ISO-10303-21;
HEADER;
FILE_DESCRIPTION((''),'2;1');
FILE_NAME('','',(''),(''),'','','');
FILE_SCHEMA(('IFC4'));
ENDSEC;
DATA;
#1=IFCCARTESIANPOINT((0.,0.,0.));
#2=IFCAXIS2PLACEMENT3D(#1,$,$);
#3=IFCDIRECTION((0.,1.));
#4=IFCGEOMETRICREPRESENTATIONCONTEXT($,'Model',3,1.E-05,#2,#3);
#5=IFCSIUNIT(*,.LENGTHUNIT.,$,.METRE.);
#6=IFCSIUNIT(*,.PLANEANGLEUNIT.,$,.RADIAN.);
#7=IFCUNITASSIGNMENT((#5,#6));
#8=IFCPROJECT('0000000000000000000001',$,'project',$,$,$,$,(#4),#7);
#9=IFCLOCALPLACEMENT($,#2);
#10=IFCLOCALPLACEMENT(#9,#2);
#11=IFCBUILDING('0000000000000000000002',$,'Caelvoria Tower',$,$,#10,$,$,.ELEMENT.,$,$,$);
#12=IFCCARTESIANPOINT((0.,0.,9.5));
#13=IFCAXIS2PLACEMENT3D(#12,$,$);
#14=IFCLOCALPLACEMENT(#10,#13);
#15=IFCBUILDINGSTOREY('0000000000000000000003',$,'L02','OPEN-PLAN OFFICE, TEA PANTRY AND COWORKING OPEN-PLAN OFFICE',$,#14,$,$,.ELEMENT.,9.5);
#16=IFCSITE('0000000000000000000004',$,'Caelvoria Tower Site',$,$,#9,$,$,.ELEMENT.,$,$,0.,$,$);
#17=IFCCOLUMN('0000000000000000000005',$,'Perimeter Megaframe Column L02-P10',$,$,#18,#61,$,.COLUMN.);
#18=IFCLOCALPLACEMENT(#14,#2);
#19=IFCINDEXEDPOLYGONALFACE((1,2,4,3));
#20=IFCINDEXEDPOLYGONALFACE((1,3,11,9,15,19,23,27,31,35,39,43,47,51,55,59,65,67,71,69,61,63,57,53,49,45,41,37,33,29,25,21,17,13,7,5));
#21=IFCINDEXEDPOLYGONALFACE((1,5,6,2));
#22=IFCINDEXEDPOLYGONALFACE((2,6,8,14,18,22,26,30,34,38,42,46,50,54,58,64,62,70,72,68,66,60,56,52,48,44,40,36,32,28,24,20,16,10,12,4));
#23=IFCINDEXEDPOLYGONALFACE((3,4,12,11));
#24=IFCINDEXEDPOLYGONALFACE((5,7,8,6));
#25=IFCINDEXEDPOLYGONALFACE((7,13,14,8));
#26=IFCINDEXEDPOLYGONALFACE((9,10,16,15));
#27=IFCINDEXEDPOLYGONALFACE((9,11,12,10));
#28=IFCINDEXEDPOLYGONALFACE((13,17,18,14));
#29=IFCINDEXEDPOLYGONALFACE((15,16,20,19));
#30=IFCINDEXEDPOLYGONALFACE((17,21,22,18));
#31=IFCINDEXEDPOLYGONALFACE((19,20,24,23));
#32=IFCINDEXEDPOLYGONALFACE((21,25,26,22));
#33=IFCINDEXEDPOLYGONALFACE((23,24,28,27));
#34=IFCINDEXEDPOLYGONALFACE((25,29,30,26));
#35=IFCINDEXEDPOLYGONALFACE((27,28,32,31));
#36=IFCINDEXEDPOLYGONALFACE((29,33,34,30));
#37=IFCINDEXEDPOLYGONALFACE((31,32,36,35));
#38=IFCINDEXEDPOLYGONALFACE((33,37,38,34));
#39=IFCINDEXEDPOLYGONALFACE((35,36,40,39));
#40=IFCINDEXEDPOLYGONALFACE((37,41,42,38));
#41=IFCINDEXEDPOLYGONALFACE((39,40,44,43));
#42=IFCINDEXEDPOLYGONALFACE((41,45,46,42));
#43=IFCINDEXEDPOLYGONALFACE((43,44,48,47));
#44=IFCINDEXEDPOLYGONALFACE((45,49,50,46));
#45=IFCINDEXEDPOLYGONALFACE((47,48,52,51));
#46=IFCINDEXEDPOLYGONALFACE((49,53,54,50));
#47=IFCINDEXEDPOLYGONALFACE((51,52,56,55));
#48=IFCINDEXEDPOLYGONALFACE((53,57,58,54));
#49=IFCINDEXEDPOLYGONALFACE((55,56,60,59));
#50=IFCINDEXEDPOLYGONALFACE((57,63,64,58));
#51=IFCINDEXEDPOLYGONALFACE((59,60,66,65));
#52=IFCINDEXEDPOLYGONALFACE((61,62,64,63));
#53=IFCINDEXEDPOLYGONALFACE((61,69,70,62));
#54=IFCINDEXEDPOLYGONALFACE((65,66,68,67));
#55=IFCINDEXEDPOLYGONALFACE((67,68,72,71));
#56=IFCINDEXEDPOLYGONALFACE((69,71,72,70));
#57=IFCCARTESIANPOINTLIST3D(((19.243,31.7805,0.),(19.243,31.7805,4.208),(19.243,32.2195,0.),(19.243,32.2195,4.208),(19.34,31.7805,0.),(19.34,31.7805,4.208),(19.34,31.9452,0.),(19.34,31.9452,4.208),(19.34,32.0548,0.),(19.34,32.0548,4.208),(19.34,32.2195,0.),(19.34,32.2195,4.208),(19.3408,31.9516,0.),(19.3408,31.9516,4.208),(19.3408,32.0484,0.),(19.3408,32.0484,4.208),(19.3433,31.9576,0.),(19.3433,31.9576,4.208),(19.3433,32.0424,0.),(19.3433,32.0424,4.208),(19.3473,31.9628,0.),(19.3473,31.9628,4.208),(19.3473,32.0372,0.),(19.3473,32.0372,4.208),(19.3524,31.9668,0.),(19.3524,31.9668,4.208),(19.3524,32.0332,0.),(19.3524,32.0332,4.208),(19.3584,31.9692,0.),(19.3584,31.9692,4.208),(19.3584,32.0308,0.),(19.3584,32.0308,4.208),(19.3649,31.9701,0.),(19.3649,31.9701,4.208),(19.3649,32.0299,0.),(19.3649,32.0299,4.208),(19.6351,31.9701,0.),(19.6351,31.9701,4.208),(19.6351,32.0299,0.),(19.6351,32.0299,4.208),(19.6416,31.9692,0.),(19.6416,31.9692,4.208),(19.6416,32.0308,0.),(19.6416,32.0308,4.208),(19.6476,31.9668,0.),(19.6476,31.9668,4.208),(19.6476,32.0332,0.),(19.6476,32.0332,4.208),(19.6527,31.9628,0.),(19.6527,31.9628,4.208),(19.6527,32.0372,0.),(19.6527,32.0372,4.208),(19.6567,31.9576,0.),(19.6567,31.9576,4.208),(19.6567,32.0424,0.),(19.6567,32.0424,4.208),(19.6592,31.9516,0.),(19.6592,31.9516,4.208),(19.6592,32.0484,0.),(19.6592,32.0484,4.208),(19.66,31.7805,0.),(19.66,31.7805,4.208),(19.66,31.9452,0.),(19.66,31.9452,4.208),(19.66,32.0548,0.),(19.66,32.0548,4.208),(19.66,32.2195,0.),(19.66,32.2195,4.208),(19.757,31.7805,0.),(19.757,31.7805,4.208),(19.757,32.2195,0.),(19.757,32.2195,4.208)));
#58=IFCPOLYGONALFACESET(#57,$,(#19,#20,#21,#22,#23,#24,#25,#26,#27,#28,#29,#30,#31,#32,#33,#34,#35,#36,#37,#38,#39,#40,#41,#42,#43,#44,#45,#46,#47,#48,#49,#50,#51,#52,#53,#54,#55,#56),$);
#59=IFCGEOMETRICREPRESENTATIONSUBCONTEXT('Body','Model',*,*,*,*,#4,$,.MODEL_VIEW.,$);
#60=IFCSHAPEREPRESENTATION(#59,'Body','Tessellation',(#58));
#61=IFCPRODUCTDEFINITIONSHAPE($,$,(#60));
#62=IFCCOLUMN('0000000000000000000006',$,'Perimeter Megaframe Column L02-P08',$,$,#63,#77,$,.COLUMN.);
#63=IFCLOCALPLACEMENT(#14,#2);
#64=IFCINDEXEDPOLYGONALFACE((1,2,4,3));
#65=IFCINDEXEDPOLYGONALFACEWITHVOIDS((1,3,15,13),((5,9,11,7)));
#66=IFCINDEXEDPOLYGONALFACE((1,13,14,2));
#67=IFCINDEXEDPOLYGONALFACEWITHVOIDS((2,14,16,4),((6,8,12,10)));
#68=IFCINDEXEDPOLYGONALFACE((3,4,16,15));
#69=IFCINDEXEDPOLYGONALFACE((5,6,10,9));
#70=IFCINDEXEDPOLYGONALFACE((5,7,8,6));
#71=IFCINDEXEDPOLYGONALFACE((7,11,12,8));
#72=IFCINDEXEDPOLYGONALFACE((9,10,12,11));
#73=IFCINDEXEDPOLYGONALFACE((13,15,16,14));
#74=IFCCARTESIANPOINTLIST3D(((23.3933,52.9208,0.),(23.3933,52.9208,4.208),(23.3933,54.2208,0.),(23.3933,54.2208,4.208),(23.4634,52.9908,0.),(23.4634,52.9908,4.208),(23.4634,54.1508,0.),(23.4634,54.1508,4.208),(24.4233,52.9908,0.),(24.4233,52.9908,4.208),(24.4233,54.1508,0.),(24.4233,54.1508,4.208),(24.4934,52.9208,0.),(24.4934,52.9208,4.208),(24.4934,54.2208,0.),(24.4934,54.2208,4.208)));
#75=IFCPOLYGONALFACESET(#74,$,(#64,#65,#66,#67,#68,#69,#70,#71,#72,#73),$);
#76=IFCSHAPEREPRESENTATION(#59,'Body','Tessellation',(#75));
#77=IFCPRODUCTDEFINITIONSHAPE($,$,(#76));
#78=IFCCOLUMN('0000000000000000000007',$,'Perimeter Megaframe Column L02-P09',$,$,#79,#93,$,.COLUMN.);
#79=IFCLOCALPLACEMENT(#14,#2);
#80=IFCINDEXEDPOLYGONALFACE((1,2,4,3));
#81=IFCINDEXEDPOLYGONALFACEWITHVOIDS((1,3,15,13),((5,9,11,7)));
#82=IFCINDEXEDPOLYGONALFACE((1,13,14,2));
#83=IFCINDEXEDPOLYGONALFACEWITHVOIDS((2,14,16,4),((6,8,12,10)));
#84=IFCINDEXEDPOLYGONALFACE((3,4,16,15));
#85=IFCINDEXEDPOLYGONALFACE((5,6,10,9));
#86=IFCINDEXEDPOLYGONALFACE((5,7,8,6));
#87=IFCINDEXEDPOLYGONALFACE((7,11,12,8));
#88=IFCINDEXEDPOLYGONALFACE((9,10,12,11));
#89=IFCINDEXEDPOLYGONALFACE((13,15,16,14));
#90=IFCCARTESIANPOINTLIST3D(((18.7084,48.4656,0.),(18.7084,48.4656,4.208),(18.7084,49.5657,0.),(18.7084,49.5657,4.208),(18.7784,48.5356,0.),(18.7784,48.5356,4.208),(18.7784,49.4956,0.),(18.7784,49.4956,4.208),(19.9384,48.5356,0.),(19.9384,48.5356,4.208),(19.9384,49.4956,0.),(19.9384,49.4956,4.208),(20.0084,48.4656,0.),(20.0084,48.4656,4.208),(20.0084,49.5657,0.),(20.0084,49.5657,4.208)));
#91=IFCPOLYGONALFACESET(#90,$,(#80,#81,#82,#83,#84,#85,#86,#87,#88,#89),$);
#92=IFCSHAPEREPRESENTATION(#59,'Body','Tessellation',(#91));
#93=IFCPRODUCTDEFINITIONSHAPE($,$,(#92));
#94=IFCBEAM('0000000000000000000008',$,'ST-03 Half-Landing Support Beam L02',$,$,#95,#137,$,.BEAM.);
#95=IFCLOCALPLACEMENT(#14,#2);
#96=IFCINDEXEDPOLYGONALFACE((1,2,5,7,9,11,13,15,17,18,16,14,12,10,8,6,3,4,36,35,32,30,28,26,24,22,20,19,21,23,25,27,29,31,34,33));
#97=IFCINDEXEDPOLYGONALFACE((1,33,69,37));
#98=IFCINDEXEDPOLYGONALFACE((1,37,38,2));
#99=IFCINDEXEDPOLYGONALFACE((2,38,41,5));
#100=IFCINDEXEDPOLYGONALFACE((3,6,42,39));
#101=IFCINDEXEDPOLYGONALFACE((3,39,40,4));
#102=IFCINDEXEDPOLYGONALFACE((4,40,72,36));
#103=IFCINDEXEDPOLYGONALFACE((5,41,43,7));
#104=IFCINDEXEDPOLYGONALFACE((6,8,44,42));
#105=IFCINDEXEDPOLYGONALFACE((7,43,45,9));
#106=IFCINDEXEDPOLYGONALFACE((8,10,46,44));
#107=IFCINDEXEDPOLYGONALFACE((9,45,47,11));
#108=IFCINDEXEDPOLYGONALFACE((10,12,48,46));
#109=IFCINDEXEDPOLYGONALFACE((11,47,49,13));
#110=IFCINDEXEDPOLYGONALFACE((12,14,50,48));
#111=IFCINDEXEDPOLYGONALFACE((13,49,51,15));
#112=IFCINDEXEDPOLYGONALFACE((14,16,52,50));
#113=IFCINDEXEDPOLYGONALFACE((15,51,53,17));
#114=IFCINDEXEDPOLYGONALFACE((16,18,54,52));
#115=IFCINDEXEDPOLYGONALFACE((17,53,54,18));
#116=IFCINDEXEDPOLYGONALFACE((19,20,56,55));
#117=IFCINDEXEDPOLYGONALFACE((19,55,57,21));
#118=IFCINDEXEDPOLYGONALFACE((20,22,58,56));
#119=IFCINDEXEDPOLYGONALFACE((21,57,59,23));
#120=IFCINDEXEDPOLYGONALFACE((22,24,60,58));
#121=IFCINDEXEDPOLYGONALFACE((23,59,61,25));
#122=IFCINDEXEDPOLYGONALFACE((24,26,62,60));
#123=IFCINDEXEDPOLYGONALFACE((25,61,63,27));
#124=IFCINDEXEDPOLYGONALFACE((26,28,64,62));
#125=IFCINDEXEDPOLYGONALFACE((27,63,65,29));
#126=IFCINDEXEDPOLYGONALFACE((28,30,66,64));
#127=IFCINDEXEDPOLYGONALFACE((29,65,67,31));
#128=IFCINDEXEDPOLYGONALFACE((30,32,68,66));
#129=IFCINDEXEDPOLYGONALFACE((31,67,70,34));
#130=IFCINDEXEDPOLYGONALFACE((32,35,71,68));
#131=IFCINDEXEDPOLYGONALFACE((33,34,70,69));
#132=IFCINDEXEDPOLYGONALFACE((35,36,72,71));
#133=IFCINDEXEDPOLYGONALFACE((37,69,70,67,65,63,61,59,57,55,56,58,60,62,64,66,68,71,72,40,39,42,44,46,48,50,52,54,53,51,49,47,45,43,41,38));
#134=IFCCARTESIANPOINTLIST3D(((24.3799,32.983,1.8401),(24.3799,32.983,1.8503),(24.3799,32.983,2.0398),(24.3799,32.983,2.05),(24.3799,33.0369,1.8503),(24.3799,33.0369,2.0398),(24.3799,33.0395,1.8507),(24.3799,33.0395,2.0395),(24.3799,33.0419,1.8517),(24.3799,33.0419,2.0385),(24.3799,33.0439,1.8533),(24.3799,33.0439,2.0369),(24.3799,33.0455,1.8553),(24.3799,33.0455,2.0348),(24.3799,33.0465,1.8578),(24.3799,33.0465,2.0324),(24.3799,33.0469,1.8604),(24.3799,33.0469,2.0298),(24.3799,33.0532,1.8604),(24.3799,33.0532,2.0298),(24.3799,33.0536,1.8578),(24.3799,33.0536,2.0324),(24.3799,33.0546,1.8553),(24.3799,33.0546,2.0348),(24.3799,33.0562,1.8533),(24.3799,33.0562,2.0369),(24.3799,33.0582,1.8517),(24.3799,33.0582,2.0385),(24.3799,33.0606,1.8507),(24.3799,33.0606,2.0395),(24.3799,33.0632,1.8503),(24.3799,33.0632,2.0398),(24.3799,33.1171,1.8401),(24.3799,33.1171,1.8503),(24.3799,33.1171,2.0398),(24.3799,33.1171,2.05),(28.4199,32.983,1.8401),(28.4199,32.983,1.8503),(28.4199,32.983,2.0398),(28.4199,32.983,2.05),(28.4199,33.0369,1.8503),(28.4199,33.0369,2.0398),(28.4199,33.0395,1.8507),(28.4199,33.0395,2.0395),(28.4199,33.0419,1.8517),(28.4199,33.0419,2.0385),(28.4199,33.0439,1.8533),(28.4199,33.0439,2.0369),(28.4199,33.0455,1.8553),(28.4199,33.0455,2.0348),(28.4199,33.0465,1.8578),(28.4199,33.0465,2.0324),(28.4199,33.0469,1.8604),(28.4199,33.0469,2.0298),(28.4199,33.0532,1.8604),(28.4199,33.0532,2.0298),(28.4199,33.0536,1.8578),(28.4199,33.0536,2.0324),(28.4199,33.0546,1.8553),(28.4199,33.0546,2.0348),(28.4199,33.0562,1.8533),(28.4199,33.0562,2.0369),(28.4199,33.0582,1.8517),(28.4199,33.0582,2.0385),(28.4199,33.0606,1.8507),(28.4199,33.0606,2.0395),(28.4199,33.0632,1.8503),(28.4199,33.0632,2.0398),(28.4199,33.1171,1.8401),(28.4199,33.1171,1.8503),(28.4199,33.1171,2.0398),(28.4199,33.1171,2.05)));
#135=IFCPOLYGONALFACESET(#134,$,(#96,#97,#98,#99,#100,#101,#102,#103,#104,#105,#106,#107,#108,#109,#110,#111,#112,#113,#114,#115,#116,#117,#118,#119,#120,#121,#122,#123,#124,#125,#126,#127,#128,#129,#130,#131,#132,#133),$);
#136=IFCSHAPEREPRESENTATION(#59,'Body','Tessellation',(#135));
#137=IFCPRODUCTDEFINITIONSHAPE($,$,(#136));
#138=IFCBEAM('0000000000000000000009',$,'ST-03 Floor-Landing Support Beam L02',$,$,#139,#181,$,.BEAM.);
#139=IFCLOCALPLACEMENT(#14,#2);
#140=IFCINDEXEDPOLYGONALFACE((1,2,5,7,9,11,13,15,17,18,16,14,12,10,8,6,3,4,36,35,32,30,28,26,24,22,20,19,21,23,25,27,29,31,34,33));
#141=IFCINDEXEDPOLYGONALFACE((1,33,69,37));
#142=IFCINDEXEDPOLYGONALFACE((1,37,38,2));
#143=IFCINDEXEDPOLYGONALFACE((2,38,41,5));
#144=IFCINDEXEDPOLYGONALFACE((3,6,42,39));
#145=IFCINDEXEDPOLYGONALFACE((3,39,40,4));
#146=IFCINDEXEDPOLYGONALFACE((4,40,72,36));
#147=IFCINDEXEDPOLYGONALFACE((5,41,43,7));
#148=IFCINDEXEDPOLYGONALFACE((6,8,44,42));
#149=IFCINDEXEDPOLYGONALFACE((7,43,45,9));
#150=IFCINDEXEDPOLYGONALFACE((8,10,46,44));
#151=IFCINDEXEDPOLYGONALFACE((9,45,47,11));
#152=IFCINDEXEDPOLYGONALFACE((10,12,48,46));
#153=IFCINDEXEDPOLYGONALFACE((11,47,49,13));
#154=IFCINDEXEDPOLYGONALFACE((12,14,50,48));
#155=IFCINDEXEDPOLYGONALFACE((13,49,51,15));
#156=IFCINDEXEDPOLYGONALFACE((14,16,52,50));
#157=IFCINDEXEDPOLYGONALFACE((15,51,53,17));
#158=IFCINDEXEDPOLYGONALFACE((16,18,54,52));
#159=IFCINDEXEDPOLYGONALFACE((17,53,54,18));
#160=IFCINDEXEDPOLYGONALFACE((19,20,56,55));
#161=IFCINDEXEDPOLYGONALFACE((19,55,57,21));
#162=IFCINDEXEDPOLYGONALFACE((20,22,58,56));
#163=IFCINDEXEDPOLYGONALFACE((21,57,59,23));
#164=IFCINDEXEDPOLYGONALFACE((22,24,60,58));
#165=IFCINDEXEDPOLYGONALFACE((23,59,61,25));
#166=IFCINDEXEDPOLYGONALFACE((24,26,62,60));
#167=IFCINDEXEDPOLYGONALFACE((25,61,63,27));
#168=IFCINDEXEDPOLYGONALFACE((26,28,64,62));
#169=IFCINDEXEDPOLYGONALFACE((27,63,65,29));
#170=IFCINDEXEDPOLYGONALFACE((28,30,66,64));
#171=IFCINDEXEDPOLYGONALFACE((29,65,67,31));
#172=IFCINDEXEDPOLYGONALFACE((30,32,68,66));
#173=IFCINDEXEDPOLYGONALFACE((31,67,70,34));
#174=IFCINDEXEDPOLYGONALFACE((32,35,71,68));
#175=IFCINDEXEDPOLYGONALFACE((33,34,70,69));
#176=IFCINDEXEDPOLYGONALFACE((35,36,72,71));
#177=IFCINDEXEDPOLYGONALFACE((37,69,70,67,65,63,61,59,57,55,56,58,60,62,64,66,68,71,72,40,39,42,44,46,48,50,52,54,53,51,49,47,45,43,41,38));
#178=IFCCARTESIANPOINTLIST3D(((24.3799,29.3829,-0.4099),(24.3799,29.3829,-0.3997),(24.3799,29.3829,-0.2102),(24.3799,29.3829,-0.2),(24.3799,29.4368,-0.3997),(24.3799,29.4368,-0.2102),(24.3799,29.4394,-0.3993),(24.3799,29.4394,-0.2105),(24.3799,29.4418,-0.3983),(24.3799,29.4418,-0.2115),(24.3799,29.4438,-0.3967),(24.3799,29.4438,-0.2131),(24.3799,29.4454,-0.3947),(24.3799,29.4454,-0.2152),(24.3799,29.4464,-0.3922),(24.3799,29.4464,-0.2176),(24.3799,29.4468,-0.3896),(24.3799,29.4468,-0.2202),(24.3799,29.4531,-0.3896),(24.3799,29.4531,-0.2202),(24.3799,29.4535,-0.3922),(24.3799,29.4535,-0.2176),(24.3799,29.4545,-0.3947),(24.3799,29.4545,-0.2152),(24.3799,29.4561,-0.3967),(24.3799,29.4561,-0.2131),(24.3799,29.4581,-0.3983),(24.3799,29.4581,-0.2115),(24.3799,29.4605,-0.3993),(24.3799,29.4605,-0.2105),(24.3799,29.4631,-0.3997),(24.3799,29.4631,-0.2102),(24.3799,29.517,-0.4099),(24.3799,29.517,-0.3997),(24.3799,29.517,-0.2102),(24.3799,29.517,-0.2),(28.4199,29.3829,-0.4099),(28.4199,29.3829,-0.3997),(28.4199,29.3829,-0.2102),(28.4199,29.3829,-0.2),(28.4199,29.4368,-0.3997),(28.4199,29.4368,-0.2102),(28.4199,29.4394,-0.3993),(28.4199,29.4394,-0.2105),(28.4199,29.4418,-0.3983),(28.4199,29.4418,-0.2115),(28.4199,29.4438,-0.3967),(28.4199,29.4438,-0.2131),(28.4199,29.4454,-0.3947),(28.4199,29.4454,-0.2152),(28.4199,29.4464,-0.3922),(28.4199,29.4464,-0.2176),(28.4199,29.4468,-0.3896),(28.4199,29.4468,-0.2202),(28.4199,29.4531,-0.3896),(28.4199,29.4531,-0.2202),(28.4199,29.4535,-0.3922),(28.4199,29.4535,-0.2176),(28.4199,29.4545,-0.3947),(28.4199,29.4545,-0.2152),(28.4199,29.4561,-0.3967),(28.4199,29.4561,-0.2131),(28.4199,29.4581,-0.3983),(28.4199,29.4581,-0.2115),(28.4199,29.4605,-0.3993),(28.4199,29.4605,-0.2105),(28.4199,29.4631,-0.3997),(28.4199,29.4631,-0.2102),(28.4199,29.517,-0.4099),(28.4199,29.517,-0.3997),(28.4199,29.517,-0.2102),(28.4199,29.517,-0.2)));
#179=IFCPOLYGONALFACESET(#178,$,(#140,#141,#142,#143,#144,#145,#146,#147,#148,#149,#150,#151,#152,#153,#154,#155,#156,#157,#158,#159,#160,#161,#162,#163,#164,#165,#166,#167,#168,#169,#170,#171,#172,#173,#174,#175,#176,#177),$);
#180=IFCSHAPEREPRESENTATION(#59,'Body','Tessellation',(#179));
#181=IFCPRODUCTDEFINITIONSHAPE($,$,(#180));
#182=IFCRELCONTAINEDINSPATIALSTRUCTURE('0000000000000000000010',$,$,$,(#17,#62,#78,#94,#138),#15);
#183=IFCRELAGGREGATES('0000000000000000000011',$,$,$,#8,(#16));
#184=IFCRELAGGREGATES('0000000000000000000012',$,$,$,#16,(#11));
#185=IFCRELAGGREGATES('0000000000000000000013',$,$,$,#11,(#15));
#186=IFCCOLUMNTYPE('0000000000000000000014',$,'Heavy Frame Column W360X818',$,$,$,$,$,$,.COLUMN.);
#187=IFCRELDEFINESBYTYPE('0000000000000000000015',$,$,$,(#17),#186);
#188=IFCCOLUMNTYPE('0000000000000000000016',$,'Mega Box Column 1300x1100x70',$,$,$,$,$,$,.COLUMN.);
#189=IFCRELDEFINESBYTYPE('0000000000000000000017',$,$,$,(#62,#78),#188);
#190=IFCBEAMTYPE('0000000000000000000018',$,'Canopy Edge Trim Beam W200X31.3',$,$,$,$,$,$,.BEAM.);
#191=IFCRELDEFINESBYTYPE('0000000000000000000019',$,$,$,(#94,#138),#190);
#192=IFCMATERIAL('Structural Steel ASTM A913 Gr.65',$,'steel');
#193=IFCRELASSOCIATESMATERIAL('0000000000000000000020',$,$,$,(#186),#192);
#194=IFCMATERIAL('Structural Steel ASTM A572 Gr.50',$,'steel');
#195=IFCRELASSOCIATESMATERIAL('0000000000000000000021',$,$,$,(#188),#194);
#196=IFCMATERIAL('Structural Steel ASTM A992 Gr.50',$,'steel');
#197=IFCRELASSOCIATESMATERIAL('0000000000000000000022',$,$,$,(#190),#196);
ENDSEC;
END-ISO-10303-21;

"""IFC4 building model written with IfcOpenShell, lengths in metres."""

from ifc_helpers import new_model, si_unit, direction, frame, origin, origin_2d, place, context, subcontext, project, spatial, hollow_rectangle, i_section, extrude, material, material_profile, profile_set, type_object, element, save


model = new_model("IFC4")

# Units and contexts
model_context = context("Model", 3, precision=1e-05, world=origin(), true_north=direction((0.0, 1.0)))
body_context = subcontext(model_context, "Body", "Model", "MODEL_VIEW")
ifc_project = project(units=[si_unit("LENGTHUNIT", "METRE"), si_unit("PLANEANGLEUNIT", "RADIAN")], contexts=[model_context])

# Site, building, storey
site_placement = place(None, origin())
site = spatial("IfcSite", under=ifc_project, at=site_placement, Name="Caelvoria Tower Site", CompositionType="ELEMENT", RefElevation=0.0)
building_placement = place(site_placement, origin())
building = spatial("IfcBuilding", under=site, at=building_placement, Name="Caelvoria Tower", CompositionType="ELEMENT")
storey_placement = place(building_placement, frame((0.0, 0.0, 9.5)))
storey = spatial("IfcBuildingStorey", under=building, at=storey_placement, Name="L02", Description="OPEN-PLAN OFFICE, TEA PANTRY AND COWORKING OPEN-PLAN OFFICE", CompositionType="ELEMENT", Elevation=9.5)

# Columns
ifc_material_1 = material(Name="Structural Steel ASTM A913 Gr.65", Category="steel")
ifc_material_profile_1 = material_profile(ifc_material_1, i_section(OverallWidth=0.439, OverallDepth=0.5139, WebThickness=0.0598, FlangeThickness=0.0969, FilletRadius=0.0249, at=origin_2d()), Name="Structural Steel ASTM A913 Gr.65")
ifc_profile_set_1 = profile_set([ifc_material_profile_1], Name="W360X818 - Structural Steel ASTM A913 Gr.65")
column_type_1 = type_object("IfcColumnType", Name="Heavy Frame Column W360X818", PredefinedType="COLUMN", material=ifc_profile_set_1)
column_placement = place(storey_placement, frame((19.5, 32.0, 0.0), z_axis=(0.0, 0.0, 1.0), x_axis=(0.0, 1.0, 0.0)))
element("IfcColumn", 1, at=column_placement, inside=storey, type_object=column_type_1, Name="Perimeter Megaframe Column L02-P10", PredefinedType="COLUMN", context=body_context, shape_type="SweptSolid", body=[
    extrude(i_section(OverallWidth=0.439, OverallDepth=0.5139, WebThickness=0.0598, FlangeThickness=0.0969, FilletRadius=0.0249, at=origin_2d()), origin(), (0.0, 0.0, 1.0), 4.208),
])
ifc_material_2 = material(Name="Structural Steel ASTM A572 Gr.50", Category="steel")
ifc_material_profile_2 = material_profile(ifc_material_2, hollow_rectangle(XDim=1.1001, YDim=1.3, WallThickness=0.0701, at=origin_2d()), Name="Structural Steel ASTM A572 Gr.50")
ifc_profile_set_2 = profile_set([ifc_material_profile_2], Name="BOX1300X1100X70 - Structural Steel ASTM A572 Gr.50")
column_type_2 = type_object("IfcColumnType", Name="Mega Box Column 1300x1100x70", PredefinedType="COLUMN", material=ifc_profile_set_2)
for number, where, z_axis, x_axis, name in (
    (2, (23.9434, 53.5708, 0.0), (0.0, 0.0, 1.0), (1.0, 0.0, 0.0), "Perimeter Megaframe Column L02-P08"),
    (3, (19.3584, 49.0156, 0.0), (0.0, 0.0, 1.0), (0.0, 1.0, 0.0), "Perimeter Megaframe Column L02-P09"),
):
    element("IfcColumn", number, at=place(storey_placement, frame(where, z_axis=z_axis, x_axis=x_axis)), inside=storey, type_object=column_type_2, Name=name, PredefinedType="COLUMN", context=body_context, shape_type="SweptSolid", body=[
        extrude(hollow_rectangle(XDim=1.1001, YDim=1.3, WallThickness=0.0701, at=origin_2d()), origin(), (0.0, 0.0, 1.0), 4.208),
    ])

# Beams
ifc_material_3 = material(Name="Structural Steel ASTM A992 Gr.50", Category="steel")
ifc_material_profile_3 = material_profile(ifc_material_3, i_section(OverallWidth=0.134, OverallDepth=0.21, WebThickness=0.0063, FlangeThickness=0.0103, FilletRadius=0.01, at=origin_2d()), Name="Structural Steel ASTM A992 Gr.50")
ifc_profile_set_3 = profile_set([ifc_material_profile_3], Name="W200X31.3 - Structural Steel ASTM A992 Gr.50")
beam_type_1 = type_object("IfcBeamType", Name="Canopy Edge Trim Beam W200X31.3", PredefinedType="BEAM", material=ifc_profile_set_3)
for number, where, z_axis, x_axis, name in (
    (4, (24.3799, 33.05, 1.9451), (1.0, 0.0, 0.0), (0.0, 1.0, 0.0), "ST-03 Half-Landing Support Beam L02"),
    (5, (24.3799, 29.45, -0.3049), (1.0, 0.0, 0.0), (0.0, 1.0, 0.0), "ST-03 Floor-Landing Support Beam L02"),
):
    element("IfcBeam", number, at=place(storey_placement, frame(where, z_axis=z_axis, x_axis=x_axis)), inside=storey, type_object=beam_type_1, Name=name, PredefinedType="BEAM", context=body_context, shape_type="SweptSolid", body=[
        extrude(i_section(OverallWidth=0.134, OverallDepth=0.21, WebThickness=0.0063, FlangeThickness=0.0103, FilletRadius=0.01, at=origin_2d()), origin(), (0.0, 0.0, 1.0), 4.04),
    ])

save(model, "model.ifc")
